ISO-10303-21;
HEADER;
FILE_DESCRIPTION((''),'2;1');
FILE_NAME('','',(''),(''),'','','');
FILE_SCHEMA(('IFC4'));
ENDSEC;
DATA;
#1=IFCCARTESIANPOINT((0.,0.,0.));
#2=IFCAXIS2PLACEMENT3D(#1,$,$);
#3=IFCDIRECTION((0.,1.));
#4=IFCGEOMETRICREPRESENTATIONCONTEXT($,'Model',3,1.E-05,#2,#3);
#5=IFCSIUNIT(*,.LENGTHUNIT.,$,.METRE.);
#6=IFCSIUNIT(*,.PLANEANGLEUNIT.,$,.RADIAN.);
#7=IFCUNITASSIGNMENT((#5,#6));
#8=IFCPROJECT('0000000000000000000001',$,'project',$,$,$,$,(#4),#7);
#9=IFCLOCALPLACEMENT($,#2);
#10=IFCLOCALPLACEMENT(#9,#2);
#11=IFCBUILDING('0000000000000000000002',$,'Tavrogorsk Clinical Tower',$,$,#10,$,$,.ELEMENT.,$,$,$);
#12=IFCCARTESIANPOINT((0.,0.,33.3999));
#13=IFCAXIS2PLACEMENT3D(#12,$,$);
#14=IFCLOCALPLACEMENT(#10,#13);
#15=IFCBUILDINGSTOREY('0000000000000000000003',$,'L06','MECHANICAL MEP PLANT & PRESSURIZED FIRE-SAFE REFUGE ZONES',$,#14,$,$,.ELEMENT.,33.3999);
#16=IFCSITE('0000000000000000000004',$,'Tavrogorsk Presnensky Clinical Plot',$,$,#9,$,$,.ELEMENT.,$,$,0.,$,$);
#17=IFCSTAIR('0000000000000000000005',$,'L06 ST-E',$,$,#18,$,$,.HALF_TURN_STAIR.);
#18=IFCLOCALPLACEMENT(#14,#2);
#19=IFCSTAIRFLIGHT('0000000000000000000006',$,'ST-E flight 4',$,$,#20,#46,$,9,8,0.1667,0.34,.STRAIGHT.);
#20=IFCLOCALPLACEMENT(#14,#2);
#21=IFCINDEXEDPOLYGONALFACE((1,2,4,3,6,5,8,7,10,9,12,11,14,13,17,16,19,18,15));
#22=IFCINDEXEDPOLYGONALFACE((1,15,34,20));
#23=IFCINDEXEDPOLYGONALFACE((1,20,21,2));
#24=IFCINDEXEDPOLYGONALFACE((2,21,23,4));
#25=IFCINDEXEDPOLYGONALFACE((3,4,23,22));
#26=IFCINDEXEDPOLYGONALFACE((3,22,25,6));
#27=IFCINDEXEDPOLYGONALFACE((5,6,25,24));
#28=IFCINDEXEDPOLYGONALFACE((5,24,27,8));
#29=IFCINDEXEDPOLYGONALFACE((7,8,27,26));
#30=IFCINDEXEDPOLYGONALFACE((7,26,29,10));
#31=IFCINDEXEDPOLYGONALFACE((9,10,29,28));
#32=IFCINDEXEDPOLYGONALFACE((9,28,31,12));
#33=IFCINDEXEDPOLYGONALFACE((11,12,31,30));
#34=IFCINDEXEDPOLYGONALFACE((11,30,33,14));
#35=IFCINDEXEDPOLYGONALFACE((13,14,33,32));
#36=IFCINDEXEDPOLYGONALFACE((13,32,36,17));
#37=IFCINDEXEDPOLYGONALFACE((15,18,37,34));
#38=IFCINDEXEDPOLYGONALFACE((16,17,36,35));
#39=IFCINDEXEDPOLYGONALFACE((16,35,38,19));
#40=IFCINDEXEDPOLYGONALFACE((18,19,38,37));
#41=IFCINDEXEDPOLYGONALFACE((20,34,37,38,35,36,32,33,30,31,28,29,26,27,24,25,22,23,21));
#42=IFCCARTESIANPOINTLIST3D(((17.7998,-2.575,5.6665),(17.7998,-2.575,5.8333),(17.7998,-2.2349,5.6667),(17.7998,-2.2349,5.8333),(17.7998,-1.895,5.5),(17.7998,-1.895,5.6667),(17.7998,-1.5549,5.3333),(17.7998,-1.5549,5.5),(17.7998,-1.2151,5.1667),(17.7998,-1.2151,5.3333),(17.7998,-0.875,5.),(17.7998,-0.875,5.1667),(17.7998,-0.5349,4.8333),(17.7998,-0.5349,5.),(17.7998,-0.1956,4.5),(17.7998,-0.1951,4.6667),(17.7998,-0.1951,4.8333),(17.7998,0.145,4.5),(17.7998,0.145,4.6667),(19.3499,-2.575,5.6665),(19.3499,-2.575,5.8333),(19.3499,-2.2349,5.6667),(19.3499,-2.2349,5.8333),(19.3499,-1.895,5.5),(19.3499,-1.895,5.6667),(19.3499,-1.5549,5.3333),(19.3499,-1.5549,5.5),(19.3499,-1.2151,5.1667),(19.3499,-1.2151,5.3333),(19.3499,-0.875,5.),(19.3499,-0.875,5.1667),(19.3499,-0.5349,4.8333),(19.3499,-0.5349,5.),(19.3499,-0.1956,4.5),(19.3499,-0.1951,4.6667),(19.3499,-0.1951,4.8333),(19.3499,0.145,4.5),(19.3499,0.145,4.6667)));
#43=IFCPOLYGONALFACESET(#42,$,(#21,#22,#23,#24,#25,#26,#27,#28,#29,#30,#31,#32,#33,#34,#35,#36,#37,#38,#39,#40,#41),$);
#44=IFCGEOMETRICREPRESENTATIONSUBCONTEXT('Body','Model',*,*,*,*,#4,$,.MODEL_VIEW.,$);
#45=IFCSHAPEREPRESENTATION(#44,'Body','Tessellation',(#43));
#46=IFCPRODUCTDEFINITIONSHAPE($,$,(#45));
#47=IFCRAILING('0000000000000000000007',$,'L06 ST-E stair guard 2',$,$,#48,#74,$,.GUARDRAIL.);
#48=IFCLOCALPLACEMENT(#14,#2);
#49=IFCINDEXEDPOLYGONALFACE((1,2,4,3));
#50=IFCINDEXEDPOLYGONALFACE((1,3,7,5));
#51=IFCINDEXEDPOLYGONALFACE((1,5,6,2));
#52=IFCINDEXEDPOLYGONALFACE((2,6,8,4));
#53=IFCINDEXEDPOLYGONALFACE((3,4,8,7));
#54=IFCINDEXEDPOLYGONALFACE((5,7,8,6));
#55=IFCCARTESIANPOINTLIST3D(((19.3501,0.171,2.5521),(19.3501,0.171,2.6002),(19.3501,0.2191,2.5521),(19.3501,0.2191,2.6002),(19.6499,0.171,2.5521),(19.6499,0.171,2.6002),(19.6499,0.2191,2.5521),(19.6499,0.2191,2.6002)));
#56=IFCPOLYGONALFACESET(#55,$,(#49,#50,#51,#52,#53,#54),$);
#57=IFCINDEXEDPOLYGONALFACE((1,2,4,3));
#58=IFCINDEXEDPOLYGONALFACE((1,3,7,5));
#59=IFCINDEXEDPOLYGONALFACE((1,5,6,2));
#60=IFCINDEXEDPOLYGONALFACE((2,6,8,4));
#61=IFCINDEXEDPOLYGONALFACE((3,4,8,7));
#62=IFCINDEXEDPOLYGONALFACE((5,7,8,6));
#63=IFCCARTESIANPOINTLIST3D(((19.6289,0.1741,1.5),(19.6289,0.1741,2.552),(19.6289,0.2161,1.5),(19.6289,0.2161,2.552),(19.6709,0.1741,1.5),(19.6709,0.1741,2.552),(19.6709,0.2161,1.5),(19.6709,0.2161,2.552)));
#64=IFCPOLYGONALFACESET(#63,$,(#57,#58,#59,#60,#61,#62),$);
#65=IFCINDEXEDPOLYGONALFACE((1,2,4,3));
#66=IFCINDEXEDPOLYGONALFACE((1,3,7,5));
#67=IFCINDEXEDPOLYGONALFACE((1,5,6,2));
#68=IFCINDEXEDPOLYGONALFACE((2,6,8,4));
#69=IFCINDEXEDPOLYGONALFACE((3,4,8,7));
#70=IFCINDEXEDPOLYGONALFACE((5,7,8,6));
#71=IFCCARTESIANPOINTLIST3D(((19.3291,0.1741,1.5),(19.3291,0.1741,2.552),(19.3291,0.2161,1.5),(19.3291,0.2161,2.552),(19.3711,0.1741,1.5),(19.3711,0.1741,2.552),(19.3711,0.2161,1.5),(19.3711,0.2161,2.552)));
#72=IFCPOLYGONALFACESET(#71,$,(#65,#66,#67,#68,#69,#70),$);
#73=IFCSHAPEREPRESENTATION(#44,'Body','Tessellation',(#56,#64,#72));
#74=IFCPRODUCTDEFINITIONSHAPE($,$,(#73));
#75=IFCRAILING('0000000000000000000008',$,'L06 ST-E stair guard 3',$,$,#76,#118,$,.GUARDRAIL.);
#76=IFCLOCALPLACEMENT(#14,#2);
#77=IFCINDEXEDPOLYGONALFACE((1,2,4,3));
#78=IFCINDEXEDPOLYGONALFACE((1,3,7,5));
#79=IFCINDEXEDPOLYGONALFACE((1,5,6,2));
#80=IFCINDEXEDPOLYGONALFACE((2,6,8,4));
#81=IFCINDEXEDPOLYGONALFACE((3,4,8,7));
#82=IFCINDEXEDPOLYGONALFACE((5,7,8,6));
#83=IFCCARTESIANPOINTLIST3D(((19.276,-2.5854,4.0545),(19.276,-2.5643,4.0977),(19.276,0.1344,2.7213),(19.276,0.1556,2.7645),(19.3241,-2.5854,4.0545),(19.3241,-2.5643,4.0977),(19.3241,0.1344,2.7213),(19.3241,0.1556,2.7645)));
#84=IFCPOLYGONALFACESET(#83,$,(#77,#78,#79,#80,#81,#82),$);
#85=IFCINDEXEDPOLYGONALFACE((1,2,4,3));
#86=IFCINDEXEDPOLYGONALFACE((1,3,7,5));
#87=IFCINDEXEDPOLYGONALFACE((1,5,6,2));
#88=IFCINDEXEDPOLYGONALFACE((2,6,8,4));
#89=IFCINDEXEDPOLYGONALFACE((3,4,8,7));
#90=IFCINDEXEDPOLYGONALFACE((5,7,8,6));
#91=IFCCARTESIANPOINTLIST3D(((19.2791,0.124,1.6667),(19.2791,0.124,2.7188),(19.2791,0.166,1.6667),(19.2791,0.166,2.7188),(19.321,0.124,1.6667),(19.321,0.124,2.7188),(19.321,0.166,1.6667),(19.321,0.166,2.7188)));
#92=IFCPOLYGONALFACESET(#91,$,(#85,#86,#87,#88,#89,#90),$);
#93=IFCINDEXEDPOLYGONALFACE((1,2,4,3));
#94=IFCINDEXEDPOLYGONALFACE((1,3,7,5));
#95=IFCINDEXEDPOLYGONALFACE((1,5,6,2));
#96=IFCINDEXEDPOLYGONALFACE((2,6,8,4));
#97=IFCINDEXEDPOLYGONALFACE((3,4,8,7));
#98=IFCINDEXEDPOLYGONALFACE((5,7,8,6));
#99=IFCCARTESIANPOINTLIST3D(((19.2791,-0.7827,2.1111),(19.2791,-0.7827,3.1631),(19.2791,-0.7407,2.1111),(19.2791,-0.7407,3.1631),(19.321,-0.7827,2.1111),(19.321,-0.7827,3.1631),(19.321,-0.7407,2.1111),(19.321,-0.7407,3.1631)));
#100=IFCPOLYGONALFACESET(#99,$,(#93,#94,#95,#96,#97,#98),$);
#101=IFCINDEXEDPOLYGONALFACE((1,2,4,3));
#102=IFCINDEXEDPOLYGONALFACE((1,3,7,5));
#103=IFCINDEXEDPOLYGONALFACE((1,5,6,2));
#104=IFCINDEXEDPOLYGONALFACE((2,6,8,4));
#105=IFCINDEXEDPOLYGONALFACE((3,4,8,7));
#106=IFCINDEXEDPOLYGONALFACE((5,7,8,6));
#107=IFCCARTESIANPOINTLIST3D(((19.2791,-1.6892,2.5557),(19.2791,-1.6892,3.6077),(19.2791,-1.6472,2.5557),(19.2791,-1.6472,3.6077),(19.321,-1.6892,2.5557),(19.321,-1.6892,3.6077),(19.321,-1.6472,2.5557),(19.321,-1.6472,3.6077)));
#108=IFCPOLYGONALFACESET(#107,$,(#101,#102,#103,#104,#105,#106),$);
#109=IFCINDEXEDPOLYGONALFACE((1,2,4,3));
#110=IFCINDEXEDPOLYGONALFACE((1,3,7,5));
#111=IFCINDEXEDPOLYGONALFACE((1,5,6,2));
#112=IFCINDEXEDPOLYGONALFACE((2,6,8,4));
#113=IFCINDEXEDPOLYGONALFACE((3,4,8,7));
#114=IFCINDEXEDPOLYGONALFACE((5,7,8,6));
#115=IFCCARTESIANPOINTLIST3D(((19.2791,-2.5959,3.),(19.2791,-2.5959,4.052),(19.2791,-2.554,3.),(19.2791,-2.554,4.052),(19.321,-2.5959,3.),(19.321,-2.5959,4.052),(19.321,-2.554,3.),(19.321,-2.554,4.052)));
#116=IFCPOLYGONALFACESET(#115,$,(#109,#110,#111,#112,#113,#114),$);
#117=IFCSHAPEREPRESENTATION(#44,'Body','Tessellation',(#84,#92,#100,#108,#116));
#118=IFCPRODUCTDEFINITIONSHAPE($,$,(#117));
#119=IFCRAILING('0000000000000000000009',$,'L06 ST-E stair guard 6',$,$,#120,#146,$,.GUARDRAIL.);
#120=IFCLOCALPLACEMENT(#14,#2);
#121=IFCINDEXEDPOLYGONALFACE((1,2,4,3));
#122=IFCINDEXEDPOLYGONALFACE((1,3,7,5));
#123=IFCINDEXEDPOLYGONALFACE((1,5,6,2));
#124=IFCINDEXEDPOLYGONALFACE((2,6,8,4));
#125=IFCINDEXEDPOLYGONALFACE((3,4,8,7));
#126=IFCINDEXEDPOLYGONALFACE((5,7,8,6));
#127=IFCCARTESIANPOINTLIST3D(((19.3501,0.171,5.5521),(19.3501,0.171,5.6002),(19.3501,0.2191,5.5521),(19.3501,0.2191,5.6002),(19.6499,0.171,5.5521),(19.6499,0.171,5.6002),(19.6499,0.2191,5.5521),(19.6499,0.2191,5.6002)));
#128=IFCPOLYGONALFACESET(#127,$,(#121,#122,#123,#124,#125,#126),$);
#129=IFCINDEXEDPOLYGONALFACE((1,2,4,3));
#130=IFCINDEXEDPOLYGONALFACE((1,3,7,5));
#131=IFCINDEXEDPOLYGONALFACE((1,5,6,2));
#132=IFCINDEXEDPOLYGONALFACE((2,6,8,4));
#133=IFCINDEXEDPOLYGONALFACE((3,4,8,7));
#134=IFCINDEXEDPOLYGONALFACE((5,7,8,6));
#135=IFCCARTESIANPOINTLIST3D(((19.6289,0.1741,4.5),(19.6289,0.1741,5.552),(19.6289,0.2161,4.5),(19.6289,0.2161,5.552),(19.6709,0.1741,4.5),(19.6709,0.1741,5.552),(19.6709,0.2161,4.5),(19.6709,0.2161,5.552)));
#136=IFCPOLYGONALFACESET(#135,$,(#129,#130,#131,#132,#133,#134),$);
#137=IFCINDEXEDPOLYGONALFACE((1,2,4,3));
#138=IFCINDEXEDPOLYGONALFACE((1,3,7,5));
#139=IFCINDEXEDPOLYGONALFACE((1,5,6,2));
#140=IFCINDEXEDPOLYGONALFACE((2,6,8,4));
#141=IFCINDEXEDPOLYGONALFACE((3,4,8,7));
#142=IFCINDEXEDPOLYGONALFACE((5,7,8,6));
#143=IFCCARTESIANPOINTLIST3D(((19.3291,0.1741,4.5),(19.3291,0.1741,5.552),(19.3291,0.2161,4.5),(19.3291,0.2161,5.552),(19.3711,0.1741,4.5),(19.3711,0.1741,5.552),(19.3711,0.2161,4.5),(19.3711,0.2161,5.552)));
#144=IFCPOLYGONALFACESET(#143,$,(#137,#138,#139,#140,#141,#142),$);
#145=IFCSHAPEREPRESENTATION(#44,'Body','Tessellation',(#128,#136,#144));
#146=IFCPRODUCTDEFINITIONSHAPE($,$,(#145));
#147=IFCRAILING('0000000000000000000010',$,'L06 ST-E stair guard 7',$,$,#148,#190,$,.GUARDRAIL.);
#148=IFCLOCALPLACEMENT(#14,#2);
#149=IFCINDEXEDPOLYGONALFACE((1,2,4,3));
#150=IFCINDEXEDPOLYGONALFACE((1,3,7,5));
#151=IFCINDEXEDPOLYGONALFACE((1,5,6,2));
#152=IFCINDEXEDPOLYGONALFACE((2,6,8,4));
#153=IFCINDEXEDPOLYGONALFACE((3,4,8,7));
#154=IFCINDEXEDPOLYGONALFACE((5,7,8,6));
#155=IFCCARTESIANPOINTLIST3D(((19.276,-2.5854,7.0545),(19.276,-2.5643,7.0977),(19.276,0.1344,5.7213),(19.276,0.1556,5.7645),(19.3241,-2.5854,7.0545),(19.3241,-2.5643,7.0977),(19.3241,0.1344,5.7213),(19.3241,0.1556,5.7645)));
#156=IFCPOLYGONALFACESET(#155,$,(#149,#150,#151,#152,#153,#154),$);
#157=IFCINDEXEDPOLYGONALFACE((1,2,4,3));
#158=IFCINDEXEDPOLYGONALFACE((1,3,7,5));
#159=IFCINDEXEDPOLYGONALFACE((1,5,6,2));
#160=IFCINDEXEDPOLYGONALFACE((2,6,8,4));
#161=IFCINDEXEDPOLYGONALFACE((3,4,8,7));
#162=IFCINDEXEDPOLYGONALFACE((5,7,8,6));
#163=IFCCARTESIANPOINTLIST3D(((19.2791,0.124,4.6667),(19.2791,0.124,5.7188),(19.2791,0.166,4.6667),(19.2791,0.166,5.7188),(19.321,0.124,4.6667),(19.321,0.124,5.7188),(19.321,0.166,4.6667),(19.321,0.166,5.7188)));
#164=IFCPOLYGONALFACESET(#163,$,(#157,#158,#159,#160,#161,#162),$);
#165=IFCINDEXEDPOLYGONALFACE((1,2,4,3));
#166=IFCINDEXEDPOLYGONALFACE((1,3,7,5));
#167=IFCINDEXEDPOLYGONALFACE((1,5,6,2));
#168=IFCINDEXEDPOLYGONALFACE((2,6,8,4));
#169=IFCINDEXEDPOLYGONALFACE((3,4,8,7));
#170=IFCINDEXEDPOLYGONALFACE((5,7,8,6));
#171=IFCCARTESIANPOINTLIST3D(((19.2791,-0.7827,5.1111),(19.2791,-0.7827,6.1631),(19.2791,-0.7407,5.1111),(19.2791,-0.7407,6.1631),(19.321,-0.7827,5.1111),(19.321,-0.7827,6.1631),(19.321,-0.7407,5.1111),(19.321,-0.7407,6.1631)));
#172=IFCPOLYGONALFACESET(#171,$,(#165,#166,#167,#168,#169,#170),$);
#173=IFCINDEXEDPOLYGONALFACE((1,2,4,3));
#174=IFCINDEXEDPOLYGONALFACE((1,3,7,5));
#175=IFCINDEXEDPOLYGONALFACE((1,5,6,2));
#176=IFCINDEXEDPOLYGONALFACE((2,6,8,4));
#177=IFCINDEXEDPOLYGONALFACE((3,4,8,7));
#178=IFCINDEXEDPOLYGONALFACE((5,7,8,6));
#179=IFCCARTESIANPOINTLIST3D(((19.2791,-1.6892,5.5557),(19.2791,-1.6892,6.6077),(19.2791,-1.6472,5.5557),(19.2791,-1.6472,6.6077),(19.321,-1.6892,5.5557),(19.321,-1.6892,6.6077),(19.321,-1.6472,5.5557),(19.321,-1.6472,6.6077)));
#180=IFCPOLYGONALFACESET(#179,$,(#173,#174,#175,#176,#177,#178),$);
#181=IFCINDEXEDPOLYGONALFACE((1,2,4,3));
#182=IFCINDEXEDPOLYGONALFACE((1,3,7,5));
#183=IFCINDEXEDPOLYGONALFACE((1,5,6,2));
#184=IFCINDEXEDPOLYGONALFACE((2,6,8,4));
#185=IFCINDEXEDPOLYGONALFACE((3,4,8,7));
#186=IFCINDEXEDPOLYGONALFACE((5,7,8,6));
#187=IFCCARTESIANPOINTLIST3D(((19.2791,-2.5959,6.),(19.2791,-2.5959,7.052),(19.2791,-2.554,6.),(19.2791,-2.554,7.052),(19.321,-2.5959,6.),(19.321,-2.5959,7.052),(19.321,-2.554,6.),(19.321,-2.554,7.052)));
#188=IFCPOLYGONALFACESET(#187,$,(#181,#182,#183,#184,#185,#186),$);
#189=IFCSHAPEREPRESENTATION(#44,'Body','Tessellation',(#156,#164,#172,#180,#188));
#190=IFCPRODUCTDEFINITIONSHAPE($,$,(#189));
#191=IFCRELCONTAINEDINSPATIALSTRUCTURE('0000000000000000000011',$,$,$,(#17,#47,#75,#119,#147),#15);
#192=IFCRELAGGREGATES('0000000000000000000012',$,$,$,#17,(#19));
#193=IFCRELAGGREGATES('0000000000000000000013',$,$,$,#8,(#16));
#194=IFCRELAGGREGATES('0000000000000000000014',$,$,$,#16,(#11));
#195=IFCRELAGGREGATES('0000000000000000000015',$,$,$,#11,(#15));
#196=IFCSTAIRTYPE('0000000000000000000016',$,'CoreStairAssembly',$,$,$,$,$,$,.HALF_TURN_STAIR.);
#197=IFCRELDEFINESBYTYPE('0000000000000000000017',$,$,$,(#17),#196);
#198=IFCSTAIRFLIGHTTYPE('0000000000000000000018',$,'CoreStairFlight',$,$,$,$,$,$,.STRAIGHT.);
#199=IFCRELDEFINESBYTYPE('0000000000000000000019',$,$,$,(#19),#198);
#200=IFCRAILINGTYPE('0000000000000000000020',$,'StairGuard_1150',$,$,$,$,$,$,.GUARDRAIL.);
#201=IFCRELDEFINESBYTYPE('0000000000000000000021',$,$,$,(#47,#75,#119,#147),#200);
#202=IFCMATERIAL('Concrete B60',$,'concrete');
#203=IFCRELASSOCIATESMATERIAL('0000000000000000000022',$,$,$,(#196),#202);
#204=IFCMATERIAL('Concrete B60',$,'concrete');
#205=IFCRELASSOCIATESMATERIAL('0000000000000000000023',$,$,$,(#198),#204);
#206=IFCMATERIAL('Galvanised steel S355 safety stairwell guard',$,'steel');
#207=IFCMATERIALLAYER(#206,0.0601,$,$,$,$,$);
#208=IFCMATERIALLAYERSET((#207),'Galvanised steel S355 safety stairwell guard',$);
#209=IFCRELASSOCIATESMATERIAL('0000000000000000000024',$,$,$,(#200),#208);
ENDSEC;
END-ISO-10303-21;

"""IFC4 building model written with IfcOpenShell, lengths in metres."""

from ifc_helpers import new_model, si_unit, direction, frame, origin, origin_2d, place, context, subcontext, project, spatial, polyline, rectangle, outline, extrude, material, layer, layer_set, type_object, element, aggregate, save


model = new_model("IFC4")

# Units and contexts
model_context = context("Model", 3, precision=1e-05, world=origin(), true_north=direction((0.0, 1.0)))
body_context = subcontext(model_context, "Body", "Model", "MODEL_VIEW")
ifc_project = project(units=[si_unit("LENGTHUNIT", "METRE"), si_unit("PLANEANGLEUNIT", "RADIAN")], contexts=[model_context])

# Site, building, storey
site_placement = place(None, origin())
site = spatial("IfcSite", under=ifc_project, at=site_placement, Name="Tavrogorsk Presnensky Clinical Plot", CompositionType="ELEMENT", RefElevation=0.0)
building_placement = place(site_placement, origin())
building = spatial("IfcBuilding", under=site, at=building_placement, Name="Tavrogorsk Clinical Tower", CompositionType="ELEMENT")
storey_placement = place(building_placement, frame((0.0, 0.0, 33.3999)))
storey = spatial("IfcBuildingStorey", under=building, at=storey_placement, Name="L06", Description="MECHANICAL MEP PLANT & PRESSURIZED FIRE-SAFE REFUGE ZONES", CompositionType="ELEMENT", Elevation=33.3999)

# Stair, stair flight
ifc_material_1 = material(Name="Concrete B60", Category="concrete")
stair_type = type_object("IfcStairType", Name="CoreStairAssembly", PredefinedType="HALF_TURN_STAIR", material=ifc_material_1)
stair_placement = place(storey_placement, origin())
stair = element("IfcStair", 1, at=stair_placement, inside=storey, type_object=stair_type, Name="L06 ST-E", PredefinedType="HALF_TURN_STAIR")
ifc_material_2 = material(Name="Concrete B60", Category="concrete")
stair_flight_type = type_object("IfcStairFlightType", Name="CoreStairFlight", PredefinedType="STRAIGHT", material=ifc_material_2)
stair_flight_1_placement = place(storey_placement, frame((18.575, 0.145, 4.5), z_axis=(0.0, 0.0, 1.0), x_axis=(0.0, -1.0, 0.0)))
stair_flight_1 = element("IfcStairFlight", 2, at=stair_flight_1_placement, type_object=stair_flight_type, Name="ST-E flight 4", NumberOfRisers=9, NumberOfTreads=8, PredefinedType="STRAIGHT", RiserHeight=0.1667, TreadLength=0.34, context=body_context, shape_type="SweptSolid", body=[
    extrude(outline(polyline([(0.0, 0.0), (0.0, 0.1667), (0.3401, 0.1667), (0.3401, 0.3333), (0.6799, 0.3333), (0.6799, 0.5), (1.02, 0.5), (1.02, 0.6667), (1.3601, 0.6667), (1.3601, 0.8333), (1.7, 0.8333), (1.7, 1.0), (2.04, 1.0), (2.04, 1.1667), (2.3799, 1.1667), (2.3799, 1.3333), (2.72, 1.3333), (2.72, 1.5), (2.72, 1.1665), (0.3406, 0.0), (0.0, 0.0)])), frame((0.0, 0.7749, 0.0), z_axis=(0.0, -1.0, 0.0), x_axis=(1.0, 0.0, 0.0)), (0.0, 0.0, 1.0), 1.55),
])
aggregate(stair, [stair_flight_1])

# Railings
ifc_material_3 = material(Name="Galvanised steel S355 safety stairwell guard", Category="steel")
ifc_layer_1 = layer(ifc_material_3, 0.0601)
ifc_layer_set_1 = layer_set([ifc_layer_1], Name="Galvanised steel S355 safety stairwell guard")
railing_type_1 = type_object("IfcRailingType", Name="StairGuard_1150", PredefinedType="GUARDRAIL", material=ifc_layer_set_1)
railing_1_placement = place(storey_placement, frame((19.6499, 0.1951, 1.5)))
element("IfcRailing", 3, at=railing_1_placement, inside=storey, type_object=railing_type_1, Name="L06 ST-E stair guard 2", PredefinedType="GUARDRAIL", context=body_context, shape_type="SweptSolid", body=[
    extrude(rectangle(XDim=0.0481, YDim=0.0481, at=origin_2d()), frame((0.0, 0.0, 1.0762), z_axis=(-1.0, 0.0, 0.0), x_axis=(0.0, -1.0, 0.0)), (0.0, 0.0, 1.0), 0.2998),
    extrude(rectangle(XDim=0.042, YDim=0.042, at=origin_2d()), origin(), (0.0, 0.0, 1.0), 1.052),
    extrude(rectangle(XDim=0.042, YDim=0.042, at=origin_2d()), frame((-0.2998, 0.0, 0.0)), (0.0, 0.0, 1.0), 1.052),
])
railing_2_placement = place(storey_placement, frame((19.3, 0.145, 1.6667)))
element("IfcRailing", 4, at=railing_2_placement, inside=storey, type_object=railing_type_1, Name="L06 ST-E stair guard 3", PredefinedType="GUARDRAIL", context=body_context, shape_type="SweptSolid", body=[
    extrude(rectangle(XDim=0.0481, YDim=0.0481, at=origin_2d()), frame((0.0, 0.0, 1.0762), z_axis=(0.0, -0.897929, 0.440139), x_axis=(1.0, 0.0, 0.0)), (0.0, 0.0, 1.0), 3.0291),
    extrude(rectangle(XDim=0.042, YDim=0.042, at=origin_2d()), origin(), (0.0, 0.0, 1.0), 1.052),
    extrude(rectangle(XDim=0.042, YDim=0.042, at=origin_2d()), frame((0.0, -0.9067, 0.4443)), (0.0, 0.0, 1.0), 1.052),
    extrude(rectangle(XDim=0.042, YDim=0.042, at=origin_2d()), frame((0.0, -1.8132, 0.8889)), (0.0, 0.0, 1.0), 1.052),
    extrude(rectangle(XDim=0.042, YDim=0.042, at=origin_2d()), frame((0.0, -2.72, 1.3333)), (0.0, 0.0, 1.0), 1.052),
])
railing_3_placement = place(storey_placement, frame((19.6499, 0.1951, 4.5)))
element("IfcRailing", 5, at=railing_3_placement, inside=storey, type_object=railing_type_1, Name="L06 ST-E stair guard 6", PredefinedType="GUARDRAIL", context=body_context, shape_type="SweptSolid", body=[
    extrude(rectangle(XDim=0.0481, YDim=0.0481, at=origin_2d()), frame((0.0, 0.0, 1.0762), z_axis=(-1.0, 0.0, 0.0), x_axis=(0.0, -1.0, 0.0)), (0.0, 0.0, 1.0), 0.2998),
    extrude(rectangle(XDim=0.042, YDim=0.042, at=origin_2d()), origin(), (0.0, 0.0, 1.0), 1.052),
    extrude(rectangle(XDim=0.042, YDim=0.042, at=origin_2d()), frame((-0.2998, 0.0, 0.0)), (0.0, 0.0, 1.0), 1.052),
])
railing_4_placement = place(storey_placement, frame((19.3, 0.145, 4.6667)))
element("IfcRailing", 6, at=railing_4_placement, inside=storey, type_object=railing_type_1, Name="L06 ST-E stair guard 7", PredefinedType="GUARDRAIL", context=body_context, shape_type="SweptSolid", body=[
    extrude(rectangle(XDim=0.0481, YDim=0.0481, at=origin_2d()), frame((0.0, 0.0, 1.0762), z_axis=(0.0, -0.897929, 0.440139), x_axis=(1.0, 0.0, 0.0)), (0.0, 0.0, 1.0), 3.0291),
    extrude(rectangle(XDim=0.042, YDim=0.042, at=origin_2d()), origin(), (0.0, 0.0, 1.0), 1.052),
    extrude(rectangle(XDim=0.042, YDim=0.042, at=origin_2d()), frame((0.0, -0.9067, 0.4443)), (0.0, 0.0, 1.0), 1.052),
    extrude(rectangle(XDim=0.042, YDim=0.042, at=origin_2d()), frame((0.0, -1.8132, 0.8889)), (0.0, 0.0, 1.0), 1.052),
    extrude(rectangle(XDim=0.042, YDim=0.042, at=origin_2d()), frame((0.0, -2.72, 1.3333)), (0.0, 0.0, 1.0), 1.052),
])

save(model, "model.ifc")
